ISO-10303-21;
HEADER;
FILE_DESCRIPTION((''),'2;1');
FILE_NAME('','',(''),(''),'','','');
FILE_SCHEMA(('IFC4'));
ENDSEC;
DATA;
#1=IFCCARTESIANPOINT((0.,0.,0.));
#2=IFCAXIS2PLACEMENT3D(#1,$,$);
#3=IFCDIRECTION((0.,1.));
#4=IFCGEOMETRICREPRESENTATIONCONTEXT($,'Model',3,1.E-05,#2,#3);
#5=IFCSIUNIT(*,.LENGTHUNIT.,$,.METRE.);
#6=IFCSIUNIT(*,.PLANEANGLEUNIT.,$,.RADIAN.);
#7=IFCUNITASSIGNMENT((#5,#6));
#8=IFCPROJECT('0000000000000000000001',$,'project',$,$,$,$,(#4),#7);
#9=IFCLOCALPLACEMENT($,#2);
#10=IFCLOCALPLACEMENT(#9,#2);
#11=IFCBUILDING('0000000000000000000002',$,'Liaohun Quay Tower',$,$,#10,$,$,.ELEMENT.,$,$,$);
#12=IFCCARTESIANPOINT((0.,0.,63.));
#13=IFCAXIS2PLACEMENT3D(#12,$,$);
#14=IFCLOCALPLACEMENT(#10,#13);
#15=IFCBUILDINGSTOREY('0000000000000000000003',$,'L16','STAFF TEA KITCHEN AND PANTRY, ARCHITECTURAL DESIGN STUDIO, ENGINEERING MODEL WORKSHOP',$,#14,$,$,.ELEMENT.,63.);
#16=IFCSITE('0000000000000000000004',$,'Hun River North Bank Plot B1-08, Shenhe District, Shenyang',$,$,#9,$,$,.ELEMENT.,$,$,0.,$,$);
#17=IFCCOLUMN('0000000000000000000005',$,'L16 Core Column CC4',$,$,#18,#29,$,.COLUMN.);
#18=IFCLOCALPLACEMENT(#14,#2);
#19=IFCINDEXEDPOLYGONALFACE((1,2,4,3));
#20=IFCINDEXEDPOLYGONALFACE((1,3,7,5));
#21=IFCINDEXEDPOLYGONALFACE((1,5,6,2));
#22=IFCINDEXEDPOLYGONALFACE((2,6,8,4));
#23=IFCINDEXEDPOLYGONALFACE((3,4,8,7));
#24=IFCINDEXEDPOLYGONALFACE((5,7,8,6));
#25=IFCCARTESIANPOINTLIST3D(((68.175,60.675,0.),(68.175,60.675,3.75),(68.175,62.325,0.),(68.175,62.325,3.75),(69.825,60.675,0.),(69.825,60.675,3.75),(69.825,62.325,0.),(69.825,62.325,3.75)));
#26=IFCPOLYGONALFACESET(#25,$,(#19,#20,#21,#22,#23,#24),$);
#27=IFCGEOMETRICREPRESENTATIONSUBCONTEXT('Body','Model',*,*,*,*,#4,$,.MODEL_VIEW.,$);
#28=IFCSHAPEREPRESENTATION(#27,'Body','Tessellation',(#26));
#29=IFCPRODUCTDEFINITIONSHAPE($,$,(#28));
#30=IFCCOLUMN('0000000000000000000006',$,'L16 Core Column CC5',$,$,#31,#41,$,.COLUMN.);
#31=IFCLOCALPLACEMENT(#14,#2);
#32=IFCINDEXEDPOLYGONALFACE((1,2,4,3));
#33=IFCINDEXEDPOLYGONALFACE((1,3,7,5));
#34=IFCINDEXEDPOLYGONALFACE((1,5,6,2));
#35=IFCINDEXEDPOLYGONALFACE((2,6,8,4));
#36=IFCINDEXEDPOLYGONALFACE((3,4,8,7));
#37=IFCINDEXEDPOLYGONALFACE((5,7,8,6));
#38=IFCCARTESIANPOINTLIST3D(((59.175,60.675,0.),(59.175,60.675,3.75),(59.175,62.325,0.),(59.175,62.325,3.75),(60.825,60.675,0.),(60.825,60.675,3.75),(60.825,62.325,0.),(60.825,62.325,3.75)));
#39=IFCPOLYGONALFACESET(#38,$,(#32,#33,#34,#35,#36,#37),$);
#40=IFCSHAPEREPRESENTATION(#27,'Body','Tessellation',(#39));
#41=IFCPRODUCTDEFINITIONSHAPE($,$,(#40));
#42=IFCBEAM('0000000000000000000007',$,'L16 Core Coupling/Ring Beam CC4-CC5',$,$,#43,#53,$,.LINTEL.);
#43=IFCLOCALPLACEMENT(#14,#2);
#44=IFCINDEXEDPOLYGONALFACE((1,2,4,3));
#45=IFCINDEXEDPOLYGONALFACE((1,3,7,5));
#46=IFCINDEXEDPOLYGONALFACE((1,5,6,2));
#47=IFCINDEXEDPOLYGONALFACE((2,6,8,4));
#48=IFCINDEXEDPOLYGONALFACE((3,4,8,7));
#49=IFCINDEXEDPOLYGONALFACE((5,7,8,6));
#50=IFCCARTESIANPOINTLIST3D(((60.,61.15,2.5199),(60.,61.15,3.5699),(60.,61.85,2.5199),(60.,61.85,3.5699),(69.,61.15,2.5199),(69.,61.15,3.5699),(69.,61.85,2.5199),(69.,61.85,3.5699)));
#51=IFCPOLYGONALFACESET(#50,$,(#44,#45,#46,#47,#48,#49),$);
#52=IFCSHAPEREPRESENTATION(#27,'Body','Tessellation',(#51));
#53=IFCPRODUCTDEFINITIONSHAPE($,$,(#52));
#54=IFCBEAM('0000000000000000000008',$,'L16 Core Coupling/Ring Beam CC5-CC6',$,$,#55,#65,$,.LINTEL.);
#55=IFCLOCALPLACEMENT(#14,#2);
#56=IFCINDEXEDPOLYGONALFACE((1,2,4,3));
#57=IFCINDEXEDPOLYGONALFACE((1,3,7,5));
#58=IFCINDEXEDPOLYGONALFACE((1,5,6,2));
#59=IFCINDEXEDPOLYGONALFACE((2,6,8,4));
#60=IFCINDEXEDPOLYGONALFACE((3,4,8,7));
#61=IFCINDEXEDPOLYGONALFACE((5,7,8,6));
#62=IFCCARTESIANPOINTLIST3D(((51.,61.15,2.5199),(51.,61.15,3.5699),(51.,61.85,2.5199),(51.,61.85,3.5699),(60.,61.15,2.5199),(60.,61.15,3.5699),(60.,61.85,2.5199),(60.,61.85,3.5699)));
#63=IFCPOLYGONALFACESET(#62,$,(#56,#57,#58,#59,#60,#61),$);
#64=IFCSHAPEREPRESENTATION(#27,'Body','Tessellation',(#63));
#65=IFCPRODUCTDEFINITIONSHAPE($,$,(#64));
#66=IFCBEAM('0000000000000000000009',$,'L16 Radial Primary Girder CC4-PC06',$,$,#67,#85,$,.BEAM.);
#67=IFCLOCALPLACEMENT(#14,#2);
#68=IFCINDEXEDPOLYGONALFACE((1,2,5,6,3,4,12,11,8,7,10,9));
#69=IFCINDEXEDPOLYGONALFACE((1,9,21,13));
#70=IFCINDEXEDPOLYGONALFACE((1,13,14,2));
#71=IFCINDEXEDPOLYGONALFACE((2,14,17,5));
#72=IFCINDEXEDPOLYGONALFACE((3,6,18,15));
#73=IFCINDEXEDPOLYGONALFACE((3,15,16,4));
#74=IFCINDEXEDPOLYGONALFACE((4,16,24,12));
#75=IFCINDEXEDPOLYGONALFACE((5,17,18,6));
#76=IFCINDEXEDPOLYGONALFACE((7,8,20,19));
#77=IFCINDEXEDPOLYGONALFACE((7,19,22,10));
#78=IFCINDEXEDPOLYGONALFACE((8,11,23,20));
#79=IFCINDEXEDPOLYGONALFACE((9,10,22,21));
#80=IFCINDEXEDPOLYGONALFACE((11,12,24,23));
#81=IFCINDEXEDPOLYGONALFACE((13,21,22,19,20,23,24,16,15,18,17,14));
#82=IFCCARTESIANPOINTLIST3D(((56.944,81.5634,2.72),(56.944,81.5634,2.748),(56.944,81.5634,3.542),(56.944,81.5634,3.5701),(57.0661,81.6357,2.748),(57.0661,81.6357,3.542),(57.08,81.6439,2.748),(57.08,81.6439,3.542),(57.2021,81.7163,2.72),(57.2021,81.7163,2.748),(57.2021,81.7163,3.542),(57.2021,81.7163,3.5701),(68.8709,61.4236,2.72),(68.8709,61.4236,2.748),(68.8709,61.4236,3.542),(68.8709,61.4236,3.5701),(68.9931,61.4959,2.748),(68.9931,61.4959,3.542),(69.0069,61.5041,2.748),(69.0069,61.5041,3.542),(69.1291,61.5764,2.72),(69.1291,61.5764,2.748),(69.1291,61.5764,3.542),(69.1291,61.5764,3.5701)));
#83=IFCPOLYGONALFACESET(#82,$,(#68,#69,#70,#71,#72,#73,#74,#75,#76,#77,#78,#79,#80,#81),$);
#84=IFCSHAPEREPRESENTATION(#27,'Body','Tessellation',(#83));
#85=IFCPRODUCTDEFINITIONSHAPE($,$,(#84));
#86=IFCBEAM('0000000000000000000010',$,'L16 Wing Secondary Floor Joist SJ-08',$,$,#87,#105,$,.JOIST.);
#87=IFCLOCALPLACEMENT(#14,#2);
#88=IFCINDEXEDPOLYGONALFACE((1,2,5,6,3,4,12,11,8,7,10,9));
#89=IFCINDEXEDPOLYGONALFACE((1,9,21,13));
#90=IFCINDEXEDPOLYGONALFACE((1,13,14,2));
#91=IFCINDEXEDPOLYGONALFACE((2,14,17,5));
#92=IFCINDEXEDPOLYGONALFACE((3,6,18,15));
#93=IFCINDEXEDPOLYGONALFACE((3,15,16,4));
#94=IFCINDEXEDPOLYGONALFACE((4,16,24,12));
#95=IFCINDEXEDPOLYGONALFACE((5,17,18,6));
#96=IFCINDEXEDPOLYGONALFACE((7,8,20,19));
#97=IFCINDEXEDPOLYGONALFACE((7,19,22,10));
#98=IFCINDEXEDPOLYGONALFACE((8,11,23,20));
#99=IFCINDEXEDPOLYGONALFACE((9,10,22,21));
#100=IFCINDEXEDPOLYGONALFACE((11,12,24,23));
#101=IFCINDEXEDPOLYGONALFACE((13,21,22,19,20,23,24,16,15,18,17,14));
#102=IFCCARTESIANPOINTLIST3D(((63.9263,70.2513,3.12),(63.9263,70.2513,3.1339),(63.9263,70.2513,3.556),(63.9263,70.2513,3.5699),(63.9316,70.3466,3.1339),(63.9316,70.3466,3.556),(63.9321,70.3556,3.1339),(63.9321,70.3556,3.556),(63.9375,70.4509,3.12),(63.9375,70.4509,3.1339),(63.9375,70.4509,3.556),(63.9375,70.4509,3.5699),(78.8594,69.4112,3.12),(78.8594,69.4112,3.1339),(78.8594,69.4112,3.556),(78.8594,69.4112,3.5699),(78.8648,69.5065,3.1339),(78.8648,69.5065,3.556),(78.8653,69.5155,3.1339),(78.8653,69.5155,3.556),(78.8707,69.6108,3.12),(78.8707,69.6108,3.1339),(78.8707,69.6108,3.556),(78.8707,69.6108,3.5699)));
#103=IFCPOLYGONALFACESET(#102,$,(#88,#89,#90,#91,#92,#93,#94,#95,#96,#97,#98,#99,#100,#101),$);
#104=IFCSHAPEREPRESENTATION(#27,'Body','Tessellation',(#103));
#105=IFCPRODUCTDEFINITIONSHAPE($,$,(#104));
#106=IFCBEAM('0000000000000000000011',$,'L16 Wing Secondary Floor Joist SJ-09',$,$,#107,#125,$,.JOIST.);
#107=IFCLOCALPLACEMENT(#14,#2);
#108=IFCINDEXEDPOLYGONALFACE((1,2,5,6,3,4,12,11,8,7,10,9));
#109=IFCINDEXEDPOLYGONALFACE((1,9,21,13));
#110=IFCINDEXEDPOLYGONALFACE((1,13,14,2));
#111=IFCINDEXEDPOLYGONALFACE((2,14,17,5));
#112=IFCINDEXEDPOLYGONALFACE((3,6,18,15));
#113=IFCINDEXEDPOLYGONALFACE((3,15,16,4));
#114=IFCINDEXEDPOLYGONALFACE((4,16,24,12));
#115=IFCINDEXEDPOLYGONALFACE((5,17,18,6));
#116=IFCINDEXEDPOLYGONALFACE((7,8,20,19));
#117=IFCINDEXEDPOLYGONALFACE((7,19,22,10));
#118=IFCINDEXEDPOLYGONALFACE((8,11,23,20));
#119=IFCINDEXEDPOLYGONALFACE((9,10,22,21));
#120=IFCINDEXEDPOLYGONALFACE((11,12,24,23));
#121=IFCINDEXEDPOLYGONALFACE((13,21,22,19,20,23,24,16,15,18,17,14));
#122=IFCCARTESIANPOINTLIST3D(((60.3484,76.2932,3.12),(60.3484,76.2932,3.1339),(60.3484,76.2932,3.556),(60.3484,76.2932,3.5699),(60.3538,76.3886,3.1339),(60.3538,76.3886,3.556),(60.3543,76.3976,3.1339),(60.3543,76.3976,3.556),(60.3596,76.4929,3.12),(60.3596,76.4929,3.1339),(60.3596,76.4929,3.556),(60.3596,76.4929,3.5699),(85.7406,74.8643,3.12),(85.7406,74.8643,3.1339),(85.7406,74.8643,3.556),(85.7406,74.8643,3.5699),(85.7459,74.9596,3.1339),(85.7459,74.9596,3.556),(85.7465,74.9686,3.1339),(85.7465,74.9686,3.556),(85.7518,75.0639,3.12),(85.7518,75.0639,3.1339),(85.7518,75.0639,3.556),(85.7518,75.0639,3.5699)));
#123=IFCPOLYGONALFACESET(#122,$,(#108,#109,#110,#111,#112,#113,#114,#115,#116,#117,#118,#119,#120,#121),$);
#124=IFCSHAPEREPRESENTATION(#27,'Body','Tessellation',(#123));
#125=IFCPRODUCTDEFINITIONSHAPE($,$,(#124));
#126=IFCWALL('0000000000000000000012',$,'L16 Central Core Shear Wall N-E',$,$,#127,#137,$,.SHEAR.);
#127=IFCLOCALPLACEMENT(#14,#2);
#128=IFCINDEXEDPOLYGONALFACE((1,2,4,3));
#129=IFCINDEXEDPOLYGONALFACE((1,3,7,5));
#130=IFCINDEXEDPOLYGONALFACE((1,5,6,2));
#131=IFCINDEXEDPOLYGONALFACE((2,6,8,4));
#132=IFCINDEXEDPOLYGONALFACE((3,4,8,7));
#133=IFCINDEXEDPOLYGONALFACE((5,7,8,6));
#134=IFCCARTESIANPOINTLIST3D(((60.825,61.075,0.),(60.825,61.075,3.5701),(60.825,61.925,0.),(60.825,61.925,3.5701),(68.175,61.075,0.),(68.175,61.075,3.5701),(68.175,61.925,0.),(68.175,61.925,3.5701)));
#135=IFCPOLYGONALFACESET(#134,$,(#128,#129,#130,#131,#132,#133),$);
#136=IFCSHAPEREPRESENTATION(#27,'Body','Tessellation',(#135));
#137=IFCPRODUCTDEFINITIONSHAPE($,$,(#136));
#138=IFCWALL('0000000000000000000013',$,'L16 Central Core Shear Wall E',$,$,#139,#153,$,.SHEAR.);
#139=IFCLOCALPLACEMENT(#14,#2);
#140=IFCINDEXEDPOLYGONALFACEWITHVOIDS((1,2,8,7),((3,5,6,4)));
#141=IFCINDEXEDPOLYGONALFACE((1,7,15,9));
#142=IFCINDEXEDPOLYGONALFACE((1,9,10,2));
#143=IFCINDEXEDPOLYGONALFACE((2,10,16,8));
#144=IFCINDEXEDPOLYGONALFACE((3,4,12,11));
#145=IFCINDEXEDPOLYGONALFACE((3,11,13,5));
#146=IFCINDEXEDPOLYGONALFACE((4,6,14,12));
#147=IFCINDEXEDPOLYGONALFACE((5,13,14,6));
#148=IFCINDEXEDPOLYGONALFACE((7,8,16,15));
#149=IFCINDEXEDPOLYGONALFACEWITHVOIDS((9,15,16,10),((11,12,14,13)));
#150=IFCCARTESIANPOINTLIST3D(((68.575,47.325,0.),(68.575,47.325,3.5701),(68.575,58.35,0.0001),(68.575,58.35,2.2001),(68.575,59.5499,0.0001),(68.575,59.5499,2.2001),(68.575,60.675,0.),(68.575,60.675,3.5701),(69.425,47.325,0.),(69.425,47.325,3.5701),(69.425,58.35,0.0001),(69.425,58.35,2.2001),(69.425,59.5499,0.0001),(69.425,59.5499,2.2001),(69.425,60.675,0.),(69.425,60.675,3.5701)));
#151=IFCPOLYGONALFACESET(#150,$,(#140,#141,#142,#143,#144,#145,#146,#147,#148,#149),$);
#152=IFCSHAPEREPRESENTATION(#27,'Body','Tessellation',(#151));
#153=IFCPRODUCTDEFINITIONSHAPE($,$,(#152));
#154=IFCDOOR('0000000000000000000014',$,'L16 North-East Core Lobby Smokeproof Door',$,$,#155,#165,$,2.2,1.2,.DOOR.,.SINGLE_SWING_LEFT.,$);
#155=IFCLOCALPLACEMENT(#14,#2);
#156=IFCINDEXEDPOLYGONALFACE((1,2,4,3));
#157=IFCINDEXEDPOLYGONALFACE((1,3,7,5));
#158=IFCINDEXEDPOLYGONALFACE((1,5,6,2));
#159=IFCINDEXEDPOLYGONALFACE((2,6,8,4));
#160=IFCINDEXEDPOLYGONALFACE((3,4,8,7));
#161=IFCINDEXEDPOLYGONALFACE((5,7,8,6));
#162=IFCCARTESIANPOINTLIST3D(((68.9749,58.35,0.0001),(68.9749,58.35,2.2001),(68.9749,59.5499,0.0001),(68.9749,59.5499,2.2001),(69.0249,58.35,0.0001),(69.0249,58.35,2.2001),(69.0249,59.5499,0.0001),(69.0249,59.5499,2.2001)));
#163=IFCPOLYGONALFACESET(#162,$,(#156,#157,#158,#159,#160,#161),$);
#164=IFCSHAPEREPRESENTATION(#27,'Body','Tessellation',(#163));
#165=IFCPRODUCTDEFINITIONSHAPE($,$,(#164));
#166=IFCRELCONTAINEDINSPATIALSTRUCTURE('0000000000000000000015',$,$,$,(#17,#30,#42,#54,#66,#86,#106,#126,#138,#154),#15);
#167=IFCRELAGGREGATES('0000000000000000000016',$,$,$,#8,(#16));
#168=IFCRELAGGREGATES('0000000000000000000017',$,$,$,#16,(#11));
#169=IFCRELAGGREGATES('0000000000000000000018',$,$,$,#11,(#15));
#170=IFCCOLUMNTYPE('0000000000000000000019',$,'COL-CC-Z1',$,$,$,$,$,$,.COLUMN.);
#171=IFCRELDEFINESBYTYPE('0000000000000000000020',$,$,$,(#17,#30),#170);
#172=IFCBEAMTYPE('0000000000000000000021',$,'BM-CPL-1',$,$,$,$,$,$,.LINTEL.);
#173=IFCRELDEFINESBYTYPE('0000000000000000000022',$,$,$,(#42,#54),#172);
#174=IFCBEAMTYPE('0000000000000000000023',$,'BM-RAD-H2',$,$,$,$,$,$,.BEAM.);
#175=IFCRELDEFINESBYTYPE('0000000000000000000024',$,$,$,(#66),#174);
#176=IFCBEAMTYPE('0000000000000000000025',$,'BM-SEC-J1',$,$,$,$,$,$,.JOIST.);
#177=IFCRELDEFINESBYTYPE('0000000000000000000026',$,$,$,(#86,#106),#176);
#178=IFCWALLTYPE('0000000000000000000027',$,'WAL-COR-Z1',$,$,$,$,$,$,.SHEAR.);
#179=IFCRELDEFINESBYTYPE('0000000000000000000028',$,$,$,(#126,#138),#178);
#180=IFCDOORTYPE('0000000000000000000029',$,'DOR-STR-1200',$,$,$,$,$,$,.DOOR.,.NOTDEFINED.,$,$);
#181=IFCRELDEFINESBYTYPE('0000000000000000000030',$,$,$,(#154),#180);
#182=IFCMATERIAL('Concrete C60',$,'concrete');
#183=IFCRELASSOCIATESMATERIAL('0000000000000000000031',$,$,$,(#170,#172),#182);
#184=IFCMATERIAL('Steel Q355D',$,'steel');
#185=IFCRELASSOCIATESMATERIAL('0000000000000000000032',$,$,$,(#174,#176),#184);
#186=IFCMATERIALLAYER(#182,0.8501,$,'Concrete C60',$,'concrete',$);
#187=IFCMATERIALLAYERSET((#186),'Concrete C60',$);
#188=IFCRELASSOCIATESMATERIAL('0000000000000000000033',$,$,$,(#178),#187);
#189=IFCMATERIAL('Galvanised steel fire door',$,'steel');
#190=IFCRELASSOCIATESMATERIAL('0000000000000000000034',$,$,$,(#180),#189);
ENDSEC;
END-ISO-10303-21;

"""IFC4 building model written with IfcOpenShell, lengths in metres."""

from ifc_helpers import new_model, si_unit, direction, frame, frame_2d, origin, origin_2d, place, context, subcontext, project, spatial, rectangle, i_section, extrude, source, transform, mapped, material, layer, layer_set, material_profile, profile_set, type_object, element, fill, save


model = new_model("IFC4")

# Units and contexts
model_context = context("Model", 3, precision=1e-05, world=origin(), true_north=direction((0.0, 1.0)))
body_context = subcontext(model_context, "Body", "Model", "MODEL_VIEW")
ifc_project = project(units=[si_unit("LENGTHUNIT", "METRE"), si_unit("PLANEANGLEUNIT", "RADIAN")], contexts=[model_context])

# Site, building, storey
site_placement = place(None, origin())
site = spatial("IfcSite", under=ifc_project, at=site_placement, Name="Hun River North Bank Plot B1-08, Shenhe District, Shenyang", CompositionType="ELEMENT", RefElevation=0.0)
building_placement = place(site_placement, origin())
building = spatial("IfcBuilding", under=site, at=building_placement, Name="Liaohun Quay Tower", CompositionType="ELEMENT")
storey_placement = place(building_placement, frame((0.0, 0.0, 63.0)))
storey = spatial("IfcBuildingStorey", under=building, at=storey_placement, Name="L16", Description="STAFF TEA KITCHEN AND PANTRY, ARCHITECTURAL DESIGN STUDIO, ENGINEERING MODEL WORKSHOP", CompositionType="ELEMENT", Elevation=63.0)

# Columns
ifc_material_1 = material(Name="Concrete C60", Category="concrete")
ifc_material_profile_1 = material_profile(ifc_material_1, rectangle(XDim=1.6499, YDim=1.6499, at=origin_2d()), Name="RC1650x1650")
ifc_profile_set_1 = profile_set([ifc_material_profile_1], Name="Concrete C60")
column_type = type_object("IfcColumnType", Name="COL-CC-Z1", PredefinedType="COLUMN", material=ifc_profile_set_1)
shared_shape_1 = source(origin(), body_context, "Body", "SweptSolid", [
    extrude(rectangle(XDim=1.6499, YDim=1.6499, at=origin_2d()), origin(), (0.0, 0.0, 1.0), 3.75),
])
for number, where, z_axis, x_axis, name in (
    (1, (69.0, 61.5, 0.0), (0.0, 0.0, 1.0), (1.0, 0.0, 0.0), "L16 Core Column CC4"),
    (2, (60.0, 61.5, 0.0), (0.0, 0.0, 1.0), (1.0, 0.0, 0.0), "L16 Core Column CC5"),
):
    element("IfcColumn", number, at=place(storey_placement, frame(where, z_axis=z_axis, x_axis=x_axis)), inside=storey, type_object=column_type, Name=name, PredefinedType="COLUMN", context=body_context, shape_type="MappedRepresentation", body=[
        mapped(shared_shape_1, transform((0.0, 0.0, 0.0), x_axis=(1.0, 0.0, 0.0), y_axis=(0.0, 1.0, 0.0), z_axis=(0.0, 0.0, 1.0), scale=1.0)),
    ])

# Beams
ifc_material_profile_2 = material_profile(ifc_material_1, rectangle(XDim=0.7, YDim=1.05, at=origin_2d()), Name="RC700x1050")
ifc_profile_set_2 = profile_set([ifc_material_profile_2], Name="Concrete C60")
beam_type_1 = type_object("IfcBeamType", Name="BM-CPL-1", PredefinedType="LINTEL", material=ifc_profile_set_2)
shared_shape_2 = source(origin(), body_context, "Body", "SweptSolid", [
    extrude(rectangle(XDim=0.7, YDim=1.05, at=origin_2d()), origin(), (0.0, 0.0, 1.0), 9.0),
])
for number, where, z_axis, x_axis, name in (
    (3, (69.0, 61.5, 3.0449), (-1.0, 0.0, 0.0), (0.0, -1.0, 0.0), "L16 Core Coupling/Ring Beam CC4-CC5"),
    (4, (60.0, 61.5, 3.0449), (-1.0, 0.0, 0.0), (0.0, -1.0, 0.0), "L16 Core Coupling/Ring Beam CC5-CC6"),
):
    element("IfcBeam", number, at=place(storey_placement, frame(where, z_axis=z_axis, x_axis=x_axis)), inside=storey, type_object=beam_type_1, Name=name, PredefinedType="LINTEL", context=body_context, shape_type="MappedRepresentation", body=[
        mapped(shared_shape_2, transform((0.0, 0.0, 0.0), x_axis=(1.0, 0.0, 0.0), y_axis=(0.0, 1.0, 0.0), z_axis=(0.0, 0.0, 1.0), scale=1.0)),
    ])
ifc_material_2 = material(Name="Steel Q355D", Category="steel")
ifc_material_profile_3 = material_profile(ifc_material_2, i_section(OverallWidth=0.3, OverallDepth=0.8501, WebThickness=0.0161, FlangeThickness=0.0281, at=origin_2d()), Name="HN850x300x16x28")
ifc_profile_set_3 = profile_set([ifc_material_profile_3], Name="Steel Q355D")
beam_type_2 = type_object("IfcBeamType", Name="BM-RAD-H2", PredefinedType="BEAM", material=ifc_profile_set_3)
shared_shape_3 = source(origin(), body_context, "Body", "SweptSolid", [
    extrude(i_section(OverallWidth=0.3, OverallDepth=0.8501, WebThickness=0.0161, FlangeThickness=0.0281, at=origin_2d()), origin(), (0.0, 0.0, 1.0), 23.4065),
])
beam_1_placement = place(storey_placement, frame((69.0, 61.5, 3.145), z_axis=(-0.509557, 0.860437, 0.0), x_axis=(-0.860437, -0.509557, 0.0)))
element("IfcBeam", 5, at=beam_1_placement, inside=storey, type_object=beam_type_2, Name="L16 Radial Primary Girder CC4-PC06", PredefinedType="BEAM", context=body_context, shape_type="MappedRepresentation", body=[
    mapped(shared_shape_3, transform((0.0, 0.0, 0.0), x_axis=(1.0, 0.0, 0.0), y_axis=(0.0, 1.0, 0.0), z_axis=(0.0, 0.0, 1.0), scale=1.0)),
])
ifc_material_profile_4 = material_profile(ifc_material_2, i_section(OverallWidth=0.2, OverallDepth=0.45, WebThickness=0.009, FlangeThickness=0.0139, at=origin_2d()), Name="HN450x200x9x14")
ifc_profile_set_4 = profile_set([ifc_material_profile_4], Name="Steel Q355D")
beam_type_3 = type_object("IfcBeamType", Name="BM-SEC-J1", PredefinedType="JOIST", material=ifc_profile_set_4)
shared_shape_4 = source(origin(), body_context, "Body", "SweptSolid", [
    extrude(i_section(OverallWidth=0.2, OverallDepth=0.45, WebThickness=0.009, FlangeThickness=0.0139, at=origin_2d()), origin(), (0.0, 0.0, 1.0), 14.9568),
])
beam_2_placement = place(storey_placement, frame((63.9319, 70.3511, 3.345), z_axis=(0.998421, -0.056168, 0.0), x_axis=(0.056168, 0.998421, 0.0)))
element("IfcBeam", 6, at=beam_2_placement, inside=storey, type_object=beam_type_3, Name="L16 Wing Secondary Floor Joist SJ-08", PredefinedType="JOIST", context=body_context, shape_type="MappedRepresentation", body=[
    mapped(shared_shape_4, transform((0.0, 0.0, 0.0), x_axis=(1.0, 0.0, 0.0), y_axis=(0.0, 1.0, 0.0), z_axis=(0.0, 0.0, 1.0), scale=1.0)),
])
shared_shape_5 = source(origin(), body_context, "Body", "SweptSolid", [
    extrude(i_section(OverallWidth=0.2, OverallDepth=0.45, WebThickness=0.009, FlangeThickness=0.0139, at=origin_2d()), origin(), (0.0, 0.0, 1.0), 25.4324),
])
beam_3_placement = place(storey_placement, frame((60.354, 76.3931, 3.345), z_axis=(0.99842, -0.056187, 0.0), x_axis=(0.056187, 0.99842, 0.0)))
element("IfcBeam", 7, at=beam_3_placement, inside=storey, type_object=beam_type_3, Name="L16 Wing Secondary Floor Joist SJ-09", PredefinedType="JOIST", context=body_context, shape_type="MappedRepresentation", body=[
    mapped(shared_shape_5, transform((0.0, 0.0, 0.0), x_axis=(1.0, 0.0, 0.0), y_axis=(0.0, 1.0, 0.0), z_axis=(0.0, 0.0, 1.0), scale=1.0)),
])

# Wall
ifc_layer_1 = layer(ifc_material_1, 0.8501, Name="Concrete C60", Category="concrete")
ifc_layer_set_1 = layer_set([ifc_layer_1], Name="Concrete C60")
wall_type_1 = type_object("IfcWallType", Name="WAL-COR-Z1", PredefinedType="SHEAR", material=ifc_layer_set_1)
wall_1_placement = place(storey_placement, frame((60.825, 61.5, 0.0), z_axis=(0.0, 0.0, 1.0), x_axis=(1.0, 0.0, 0.0)))
element("IfcWall", 8, at=wall_1_placement, inside=storey, type_object=wall_type_1, Name="L16 Central Core Shear Wall N-E", PredefinedType="SHEAR", context=body_context, shape_type="SweptSolid", body=[
    extrude(rectangle(XDim=7.3501, YDim=0.8501, at=frame_2d((3.675, 0.0))), origin(), (0.0, 0.0, 1.0), 3.5701),
])

# Wall, opening, door
wall_2_placement = place(storey_placement, frame((69.0, 60.675, 0.0), z_axis=(0.0, 0.0, 1.0), x_axis=(0.0, -1.0, 0.0)))
wall_2 = element("IfcWall", 9, at=wall_2_placement, inside=storey, type_object=wall_type_1, Name="L16 Central Core Shear Wall E", PredefinedType="SHEAR", context=body_context, shape_type="SweptSolid", body=[
    extrude(rectangle(XDim=13.3501, YDim=0.8501, at=frame_2d((6.675, 0.0))), origin(), (0.0, 0.0, 1.0), 3.5701),
])
shared_shape_6 = source(origin(), body_context, "Body", "SweptSolid", [
    extrude(rectangle(XDim=1.2, YDim=2.2, at=frame_2d((0.6001, 1.1001))), frame((0.0, 0.4351, 0.0), z_axis=(0.0, -1.0, 0.0), x_axis=(1.0, 0.0, 0.0)), (0.0, 0.0, 1.0), 0.8701),
])
opening_1_placement = place(wall_2_placement, frame((1.125, 0.0, 0.0)))
opening_1 = element("IfcOpeningElement", 10, at=opening_1_placement, cuts=wall_2, PredefinedType="OPENING", context=body_context, shape_type="MappedRepresentation", body=[
    mapped(shared_shape_6, transform((0.0, 0.0, 0.0), x_axis=(1.0, 0.0, 0.0), y_axis=(0.0, 1.0, 0.0), z_axis=(0.0, 0.0, 1.0), scale=1.0)),
])
ifc_material_3 = material(Name="Galvanised steel fire door", Category="steel")
door_type_1 = type_object("IfcDoorType", Name="DOR-STR-1200", OperationType="NOTDEFINED", PredefinedType="DOOR", material=ifc_material_3)
shared_shape_7 = source(origin(), body_context, "Body", "SweptSolid", [
    extrude(rectangle(XDim=1.2, YDim=2.2, at=frame_2d((0.6001, 1.1001))), frame((0.0, 0.0249, 0.0), z_axis=(0.0, -1.0, 0.0), x_axis=(1.0, 0.0, 0.0)), (0.0, 0.0, 1.0), 0.05),
])
door_1_placement = place(opening_1_placement, origin())
door_1 = element("IfcDoor", 11, at=door_1_placement, inside=storey, type_object=door_type_1, Name="L16 North-East Core Lobby Smokeproof Door", OperationType="SINGLE_SWING_LEFT", OverallHeight=2.2, OverallWidth=1.2, PredefinedType="DOOR", context=body_context, shape_type="MappedRepresentation", body=[
    mapped(shared_shape_7, transform((0.0, 0.0, 0.0), x_axis=(1.0, 0.0, 0.0), y_axis=(0.0, 1.0, 0.0), z_axis=(0.0, 0.0, 1.0), scale=1.0)),
])
fill(opening_1, door_1)

save(model, "model.ifc")
